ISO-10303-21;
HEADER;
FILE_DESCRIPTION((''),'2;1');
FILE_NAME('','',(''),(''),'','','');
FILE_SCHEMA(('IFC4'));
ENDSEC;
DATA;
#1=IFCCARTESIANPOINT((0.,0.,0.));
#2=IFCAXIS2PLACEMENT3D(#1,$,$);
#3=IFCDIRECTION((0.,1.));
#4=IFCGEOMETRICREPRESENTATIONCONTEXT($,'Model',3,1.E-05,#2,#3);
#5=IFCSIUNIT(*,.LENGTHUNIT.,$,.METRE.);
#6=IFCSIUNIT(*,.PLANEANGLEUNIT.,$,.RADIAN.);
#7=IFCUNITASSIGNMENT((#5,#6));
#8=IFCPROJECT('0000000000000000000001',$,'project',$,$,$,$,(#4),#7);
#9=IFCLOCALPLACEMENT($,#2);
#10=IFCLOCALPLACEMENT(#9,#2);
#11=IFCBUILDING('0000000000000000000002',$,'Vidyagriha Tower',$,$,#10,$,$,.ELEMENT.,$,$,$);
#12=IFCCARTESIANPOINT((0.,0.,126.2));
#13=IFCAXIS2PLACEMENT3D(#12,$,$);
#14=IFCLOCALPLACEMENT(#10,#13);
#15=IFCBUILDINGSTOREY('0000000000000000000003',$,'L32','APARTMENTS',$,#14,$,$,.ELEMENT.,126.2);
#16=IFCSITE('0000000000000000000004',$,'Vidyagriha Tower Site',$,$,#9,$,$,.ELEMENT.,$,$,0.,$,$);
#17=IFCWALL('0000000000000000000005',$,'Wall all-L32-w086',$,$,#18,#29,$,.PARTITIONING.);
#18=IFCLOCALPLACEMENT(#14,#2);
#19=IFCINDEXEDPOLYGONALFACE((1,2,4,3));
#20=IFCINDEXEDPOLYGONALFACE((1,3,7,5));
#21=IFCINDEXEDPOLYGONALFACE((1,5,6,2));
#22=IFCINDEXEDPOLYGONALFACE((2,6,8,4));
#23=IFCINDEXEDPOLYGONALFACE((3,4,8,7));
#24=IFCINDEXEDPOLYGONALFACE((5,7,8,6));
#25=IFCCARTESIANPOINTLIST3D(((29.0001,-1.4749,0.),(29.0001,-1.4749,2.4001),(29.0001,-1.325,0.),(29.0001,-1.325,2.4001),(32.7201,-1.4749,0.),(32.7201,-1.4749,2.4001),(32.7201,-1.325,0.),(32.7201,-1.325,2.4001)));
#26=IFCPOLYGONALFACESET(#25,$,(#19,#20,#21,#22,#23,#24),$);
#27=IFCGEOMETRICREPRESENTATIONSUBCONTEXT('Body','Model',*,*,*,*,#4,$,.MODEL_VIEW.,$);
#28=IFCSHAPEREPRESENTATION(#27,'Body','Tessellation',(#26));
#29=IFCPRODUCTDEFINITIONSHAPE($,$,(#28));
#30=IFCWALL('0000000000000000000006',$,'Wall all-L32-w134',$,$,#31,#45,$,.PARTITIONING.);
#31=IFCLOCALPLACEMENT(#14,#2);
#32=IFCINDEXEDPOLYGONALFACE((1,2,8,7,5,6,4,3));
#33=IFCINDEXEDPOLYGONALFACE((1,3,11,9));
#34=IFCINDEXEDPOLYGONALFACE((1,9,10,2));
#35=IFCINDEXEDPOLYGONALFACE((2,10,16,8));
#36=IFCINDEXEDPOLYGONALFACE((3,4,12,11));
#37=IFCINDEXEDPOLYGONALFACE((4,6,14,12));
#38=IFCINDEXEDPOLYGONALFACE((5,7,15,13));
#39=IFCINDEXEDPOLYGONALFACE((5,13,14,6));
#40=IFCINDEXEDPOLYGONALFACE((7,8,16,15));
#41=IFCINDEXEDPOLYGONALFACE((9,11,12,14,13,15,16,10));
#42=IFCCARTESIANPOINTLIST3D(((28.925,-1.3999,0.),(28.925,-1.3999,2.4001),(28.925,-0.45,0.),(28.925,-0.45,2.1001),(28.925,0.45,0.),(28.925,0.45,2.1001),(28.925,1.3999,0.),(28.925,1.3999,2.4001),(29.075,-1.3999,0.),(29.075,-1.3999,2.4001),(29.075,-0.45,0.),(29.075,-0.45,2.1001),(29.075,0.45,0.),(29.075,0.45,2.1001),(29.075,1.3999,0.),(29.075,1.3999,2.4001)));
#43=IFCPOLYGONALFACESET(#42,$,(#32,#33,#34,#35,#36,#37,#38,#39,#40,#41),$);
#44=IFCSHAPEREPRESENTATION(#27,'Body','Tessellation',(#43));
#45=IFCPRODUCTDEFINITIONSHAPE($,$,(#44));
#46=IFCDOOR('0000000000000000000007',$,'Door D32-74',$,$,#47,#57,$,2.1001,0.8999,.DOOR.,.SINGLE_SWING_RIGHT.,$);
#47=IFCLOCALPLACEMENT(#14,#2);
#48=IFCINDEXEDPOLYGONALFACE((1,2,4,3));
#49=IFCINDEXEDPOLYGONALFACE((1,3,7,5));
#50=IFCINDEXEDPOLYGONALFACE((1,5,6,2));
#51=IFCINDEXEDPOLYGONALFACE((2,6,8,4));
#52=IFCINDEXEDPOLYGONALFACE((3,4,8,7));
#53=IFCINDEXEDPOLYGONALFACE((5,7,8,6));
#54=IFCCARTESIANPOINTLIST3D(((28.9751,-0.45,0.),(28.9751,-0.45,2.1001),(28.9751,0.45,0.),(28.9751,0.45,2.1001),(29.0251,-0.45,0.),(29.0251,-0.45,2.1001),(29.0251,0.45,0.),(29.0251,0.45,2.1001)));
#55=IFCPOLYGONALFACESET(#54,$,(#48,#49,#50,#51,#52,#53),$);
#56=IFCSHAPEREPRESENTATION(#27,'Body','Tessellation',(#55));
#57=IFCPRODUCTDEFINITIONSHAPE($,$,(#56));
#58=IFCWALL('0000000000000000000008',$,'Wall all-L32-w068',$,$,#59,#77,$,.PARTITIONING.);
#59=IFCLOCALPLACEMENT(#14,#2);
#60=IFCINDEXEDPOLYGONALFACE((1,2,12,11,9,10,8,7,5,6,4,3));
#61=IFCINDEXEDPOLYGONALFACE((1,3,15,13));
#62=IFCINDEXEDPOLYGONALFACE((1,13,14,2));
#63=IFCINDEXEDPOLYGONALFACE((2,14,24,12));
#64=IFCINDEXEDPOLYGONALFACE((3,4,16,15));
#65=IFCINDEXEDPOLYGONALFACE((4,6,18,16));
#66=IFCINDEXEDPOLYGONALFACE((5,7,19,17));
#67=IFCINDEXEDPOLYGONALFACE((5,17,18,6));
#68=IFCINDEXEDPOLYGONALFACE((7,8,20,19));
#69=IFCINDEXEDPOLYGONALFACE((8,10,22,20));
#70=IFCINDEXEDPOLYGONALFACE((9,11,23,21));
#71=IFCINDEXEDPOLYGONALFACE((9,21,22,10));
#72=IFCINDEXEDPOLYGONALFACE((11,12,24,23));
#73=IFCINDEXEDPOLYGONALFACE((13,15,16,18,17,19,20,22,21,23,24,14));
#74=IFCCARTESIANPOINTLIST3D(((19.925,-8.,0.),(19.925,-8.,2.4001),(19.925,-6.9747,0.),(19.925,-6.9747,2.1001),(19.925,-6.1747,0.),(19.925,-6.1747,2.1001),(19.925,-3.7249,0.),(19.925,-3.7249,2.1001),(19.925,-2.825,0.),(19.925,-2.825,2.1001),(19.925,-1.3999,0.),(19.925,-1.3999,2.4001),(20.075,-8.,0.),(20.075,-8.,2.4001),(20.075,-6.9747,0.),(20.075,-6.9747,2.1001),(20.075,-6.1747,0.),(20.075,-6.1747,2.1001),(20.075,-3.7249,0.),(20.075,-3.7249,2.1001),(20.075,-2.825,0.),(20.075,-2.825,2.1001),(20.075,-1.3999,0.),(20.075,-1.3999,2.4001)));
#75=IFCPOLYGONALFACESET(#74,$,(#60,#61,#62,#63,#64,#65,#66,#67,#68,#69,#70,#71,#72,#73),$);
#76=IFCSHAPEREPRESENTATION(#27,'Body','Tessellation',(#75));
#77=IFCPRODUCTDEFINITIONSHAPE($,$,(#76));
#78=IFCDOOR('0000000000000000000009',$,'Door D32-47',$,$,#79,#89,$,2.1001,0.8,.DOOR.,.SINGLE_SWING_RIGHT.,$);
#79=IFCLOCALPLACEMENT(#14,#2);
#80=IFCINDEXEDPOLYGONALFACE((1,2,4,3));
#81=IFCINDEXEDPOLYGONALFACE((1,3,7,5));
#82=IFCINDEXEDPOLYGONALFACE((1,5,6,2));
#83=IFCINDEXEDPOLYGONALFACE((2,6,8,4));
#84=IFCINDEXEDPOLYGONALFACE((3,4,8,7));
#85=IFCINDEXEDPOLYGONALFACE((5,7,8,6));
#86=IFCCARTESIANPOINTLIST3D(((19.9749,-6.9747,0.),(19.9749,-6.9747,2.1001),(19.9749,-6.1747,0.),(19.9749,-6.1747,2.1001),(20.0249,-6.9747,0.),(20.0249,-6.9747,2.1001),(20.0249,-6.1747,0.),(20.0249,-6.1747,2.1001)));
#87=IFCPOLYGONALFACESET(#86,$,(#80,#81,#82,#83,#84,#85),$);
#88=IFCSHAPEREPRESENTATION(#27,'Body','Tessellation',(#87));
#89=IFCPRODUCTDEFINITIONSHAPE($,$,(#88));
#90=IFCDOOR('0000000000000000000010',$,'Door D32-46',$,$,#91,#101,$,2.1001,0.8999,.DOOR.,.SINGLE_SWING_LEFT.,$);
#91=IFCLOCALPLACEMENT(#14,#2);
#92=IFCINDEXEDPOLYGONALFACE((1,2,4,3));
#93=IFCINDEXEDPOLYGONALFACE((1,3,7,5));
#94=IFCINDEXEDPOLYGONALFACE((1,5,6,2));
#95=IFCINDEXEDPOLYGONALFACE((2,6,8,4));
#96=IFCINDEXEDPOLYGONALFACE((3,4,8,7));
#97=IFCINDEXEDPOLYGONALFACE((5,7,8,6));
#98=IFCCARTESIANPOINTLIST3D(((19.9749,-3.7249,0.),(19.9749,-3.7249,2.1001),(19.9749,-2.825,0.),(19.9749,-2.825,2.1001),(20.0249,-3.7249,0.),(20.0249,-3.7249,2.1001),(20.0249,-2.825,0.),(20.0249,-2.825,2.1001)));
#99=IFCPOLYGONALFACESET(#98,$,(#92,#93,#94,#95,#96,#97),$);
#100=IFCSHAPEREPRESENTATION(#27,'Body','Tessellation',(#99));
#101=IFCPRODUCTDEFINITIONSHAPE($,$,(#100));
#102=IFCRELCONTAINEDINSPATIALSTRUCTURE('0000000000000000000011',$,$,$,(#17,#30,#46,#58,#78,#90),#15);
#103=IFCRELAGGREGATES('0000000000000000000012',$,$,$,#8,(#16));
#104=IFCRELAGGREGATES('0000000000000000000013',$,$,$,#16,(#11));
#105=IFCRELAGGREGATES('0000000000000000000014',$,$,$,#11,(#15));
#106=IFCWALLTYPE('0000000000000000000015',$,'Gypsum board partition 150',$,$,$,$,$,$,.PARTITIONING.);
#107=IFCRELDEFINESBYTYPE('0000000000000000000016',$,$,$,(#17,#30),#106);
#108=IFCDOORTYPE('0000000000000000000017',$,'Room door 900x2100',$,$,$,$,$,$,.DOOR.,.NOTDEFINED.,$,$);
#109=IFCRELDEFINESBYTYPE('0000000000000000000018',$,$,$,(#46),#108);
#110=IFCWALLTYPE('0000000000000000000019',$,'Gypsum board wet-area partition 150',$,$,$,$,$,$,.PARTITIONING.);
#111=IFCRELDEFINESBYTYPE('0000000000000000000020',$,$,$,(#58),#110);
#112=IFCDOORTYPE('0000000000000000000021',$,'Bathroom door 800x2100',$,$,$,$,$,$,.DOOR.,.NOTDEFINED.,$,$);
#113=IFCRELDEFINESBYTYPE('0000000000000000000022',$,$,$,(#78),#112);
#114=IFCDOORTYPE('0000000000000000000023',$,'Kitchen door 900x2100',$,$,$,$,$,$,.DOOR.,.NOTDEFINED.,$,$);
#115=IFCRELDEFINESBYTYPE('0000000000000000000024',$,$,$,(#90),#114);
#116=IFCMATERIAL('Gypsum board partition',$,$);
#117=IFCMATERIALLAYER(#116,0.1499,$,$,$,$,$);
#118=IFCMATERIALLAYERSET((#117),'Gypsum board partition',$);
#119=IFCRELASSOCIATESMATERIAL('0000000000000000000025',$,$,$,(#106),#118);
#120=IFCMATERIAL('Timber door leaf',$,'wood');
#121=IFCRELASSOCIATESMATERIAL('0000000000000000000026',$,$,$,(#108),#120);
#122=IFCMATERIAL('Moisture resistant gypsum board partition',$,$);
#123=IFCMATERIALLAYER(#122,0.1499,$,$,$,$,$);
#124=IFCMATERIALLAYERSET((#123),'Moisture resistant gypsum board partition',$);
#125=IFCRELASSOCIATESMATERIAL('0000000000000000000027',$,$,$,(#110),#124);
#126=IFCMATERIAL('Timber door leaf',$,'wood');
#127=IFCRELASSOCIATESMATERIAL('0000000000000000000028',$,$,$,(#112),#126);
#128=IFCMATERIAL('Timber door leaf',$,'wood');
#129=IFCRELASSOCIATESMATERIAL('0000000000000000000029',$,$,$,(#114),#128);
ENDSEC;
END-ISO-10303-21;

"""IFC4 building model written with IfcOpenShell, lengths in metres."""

from ifc_helpers import new_model, si_unit, direction, frame, frame_2d, origin, place, context, subcontext, project, spatial, rectangle, extrude, material, layer, layer_set, type_object, element, fill, save


model = new_model("IFC4")

# Units and contexts
model_context = context("Model", 3, precision=1e-05, world=origin(), true_north=direction((0.0, 1.0)))
body_context = subcontext(model_context, "Body", "Model", "MODEL_VIEW")
ifc_project = project(units=[si_unit("LENGTHUNIT", "METRE"), si_unit("PLANEANGLEUNIT", "RADIAN")], contexts=[model_context])

# Site, building, storey
site_placement = place(None, origin())
site = spatial("IfcSite", under=ifc_project, at=site_placement, Name="Vidyagriha Tower Site", CompositionType="ELEMENT", RefElevation=0.0)
building_placement = place(site_placement, origin())
building = spatial("IfcBuilding", under=site, at=building_placement, Name="Vidyagriha Tower", CompositionType="ELEMENT")
storey_placement = place(building_placement, frame((0.0, 0.0, 126.2)))
storey = spatial("IfcBuildingStorey", under=building, at=storey_placement, Name="L32", Description="APARTMENTS", CompositionType="ELEMENT", Elevation=126.2)

# Shared definitions
ifc_material_1 = material(Name="Gypsum board partition")
ifc_layer_1 = layer(ifc_material_1, 0.1499)
ifc_layer_set_1 = layer_set([ifc_layer_1], Name="Gypsum board partition")
wall_type_1 = type_object("IfcWallType", Name="Gypsum board partition 150", PredefinedType="PARTITIONING", material=ifc_layer_set_1)

# Shared definitions
ifc_material_2 = material(Name="Timber door leaf", Category="wood")
door_type_1 = type_object("IfcDoorType", Name="Room door 900x2100", OperationType="NOTDEFINED", PredefinedType="DOOR", material=ifc_material_2)

# Wall
wall_1_placement = place(storey_placement, frame((32.72, -1.3999, 0.0), z_axis=(0.0, 0.0, 1.0), x_axis=(-1.0, 0.0, 0.0)))
element("IfcWall", 1, at=wall_1_placement, inside=storey, type_object=wall_type_1, Name="Wall all-L32-w086", PredefinedType="PARTITIONING", context=body_context, shape_type="SweptSolid", body=[
    extrude(rectangle(XDim=3.72, YDim=0.1499, at=frame_2d((1.8599, 0.0))), origin(), (0.0, 0.0, 1.0), 2.4001),
])

# Wall, opening, door
wall_2_placement = place(storey_placement, frame((29.0, -1.3999, 0.0), z_axis=(0.0, 0.0, 1.0), x_axis=(0.0, 1.0, 0.0)))
wall_2 = element("IfcWall", 2, at=wall_2_placement, inside=storey, type_object=wall_type_1, Name="Wall all-L32-w134", PredefinedType="PARTITIONING", context=body_context, shape_type="SweptSolid", body=[
    extrude(rectangle(XDim=2.7998, YDim=0.1499, at=frame_2d((1.3999, 0.0))), origin(), (0.0, 0.0, 1.0), 2.4001),
])
opening_1_placement = place(wall_2_placement, frame((0.95, 0.0, 0.0)))
opening_1 = element("IfcOpeningElement", 3, at=opening_1_placement, cuts=wall_2, PredefinedType="OPENING", context=body_context, shape_type="SweptSolid", body=[
    extrude(rectangle(XDim=0.8999, YDim=2.1001, at=frame_2d((0.45, 1.05))), frame((0.0, 0.085, 0.0), z_axis=(0.0, -1.0, 0.0), x_axis=(1.0, 0.0, 0.0)), (0.0, 0.0, 1.0), 0.1699),
])
door_1_placement = place(opening_1_placement, origin())
door_1 = element("IfcDoor", 4, at=door_1_placement, inside=storey, type_object=door_type_1, Name="Door D32-74", OperationType="SINGLE_SWING_RIGHT", OverallHeight=2.1001, OverallWidth=0.8999, PredefinedType="DOOR", context=body_context, shape_type="SweptSolid", body=[
    extrude(rectangle(XDim=0.8999, YDim=2.1001, at=frame_2d((0.45, 1.05))), frame((0.0, 0.0249, 0.0), z_axis=(0.0, -1.0, 0.0), x_axis=(1.0, 0.0, 0.0)), (0.0, 0.0, 1.0), 0.05),
])
fill(opening_1, door_1)

# Wall, openings, doors
ifc_material_3 = material(Name="Moisture resistant gypsum board partition")
ifc_layer_2 = layer(ifc_material_3, 0.1499)
ifc_layer_set_2 = layer_set([ifc_layer_2], Name="Moisture resistant gypsum board partition")
wall_type_2 = type_object("IfcWallType", Name="Gypsum board wet-area partition 150", PredefinedType="PARTITIONING", material=ifc_layer_set_2)
wall_3_placement = place(storey_placement, frame((20.0, -1.3999, 0.0), z_axis=(0.0, 0.0, 1.0), x_axis=(0.0, -1.0, 0.0)))
wall_3 = element("IfcWall", 5, at=wall_3_placement, inside=storey, type_object=wall_type_2, Name="Wall all-L32-w068", PredefinedType="PARTITIONING", context=body_context, shape_type="SweptSolid", body=[
    extrude(rectangle(XDim=6.6001, YDim=0.1499, at=frame_2d((3.3, 0.0))), origin(), (0.0, 0.0, 1.0), 2.4001),
])
opening_2_placement = place(wall_3_placement, frame((1.425, 0.0, 0.0)))
opening_2 = element("IfcOpeningElement", 6, at=opening_2_placement, cuts=wall_3, PredefinedType="OPENING", context=body_context, shape_type="SweptSolid", body=[
    extrude(rectangle(XDim=0.8999, YDim=2.1001, at=frame_2d((0.45, 1.05))), frame((0.0, 0.085, 0.0), z_axis=(0.0, -1.0, 0.0), x_axis=(1.0, 0.0, 0.0)), (0.0, 0.0, 1.0), 0.1699),
])
opening_3_placement = place(wall_3_placement, frame((4.7749, 0.0, 0.0)))
opening_3 = element("IfcOpeningElement", 7, at=opening_3_placement, cuts=wall_3, PredefinedType="OPENING", context=body_context, shape_type="SweptSolid", body=[
    extrude(rectangle(XDim=0.8, YDim=2.1001, at=frame_2d((0.3999, 1.05))), frame((0.0, 0.085, 0.0), z_axis=(0.0, -1.0, 0.0), x_axis=(1.0, 0.0, 0.0)), (0.0, 0.0, 1.0), 0.1699),
])
ifc_material_4 = material(Name="Timber door leaf", Category="wood")
door_type_2 = type_object("IfcDoorType", Name="Bathroom door 800x2100", OperationType="NOTDEFINED", PredefinedType="DOOR", material=ifc_material_4)
door_2_placement = place(opening_3_placement, origin())
door_2 = element("IfcDoor", 8, at=door_2_placement, inside=storey, type_object=door_type_2, Name="Door D32-47", OperationType="SINGLE_SWING_RIGHT", OverallHeight=2.1001, OverallWidth=0.8, PredefinedType="DOOR", context=body_context, shape_type="SweptSolid", body=[
    extrude(rectangle(XDim=0.8, YDim=2.1001, at=frame_2d((0.3999, 1.05))), frame((0.0, 0.0249, 0.0), z_axis=(0.0, -1.0, 0.0), x_axis=(1.0, 0.0, 0.0)), (0.0, 0.0, 1.0), 0.05),
])
fill(opening_3, door_2)
ifc_material_5 = material(Name="Timber door leaf", Category="wood")
door_type_3 = type_object("IfcDoorType", Name="Kitchen door 900x2100", OperationType="NOTDEFINED", PredefinedType="DOOR", material=ifc_material_5)
door_3_placement = place(opening_2_placement, origin())
door_3 = element("IfcDoor", 9, at=door_3_placement, inside=storey, type_object=door_type_3, Name="Door D32-46", OperationType="SINGLE_SWING_LEFT", OverallHeight=2.1001, OverallWidth=0.8999, PredefinedType="DOOR", context=body_context, shape_type="SweptSolid", body=[
    extrude(rectangle(XDim=0.8999, YDim=2.1001, at=frame_2d((0.45, 1.05))), frame((0.0, 0.0249, 0.0), z_axis=(0.0, -1.0, 0.0), x_axis=(1.0, 0.0, 0.0)), (0.0, 0.0, 1.0), 0.05),
])
fill(opening_2, door_3)

save(model, "model.ifc")
